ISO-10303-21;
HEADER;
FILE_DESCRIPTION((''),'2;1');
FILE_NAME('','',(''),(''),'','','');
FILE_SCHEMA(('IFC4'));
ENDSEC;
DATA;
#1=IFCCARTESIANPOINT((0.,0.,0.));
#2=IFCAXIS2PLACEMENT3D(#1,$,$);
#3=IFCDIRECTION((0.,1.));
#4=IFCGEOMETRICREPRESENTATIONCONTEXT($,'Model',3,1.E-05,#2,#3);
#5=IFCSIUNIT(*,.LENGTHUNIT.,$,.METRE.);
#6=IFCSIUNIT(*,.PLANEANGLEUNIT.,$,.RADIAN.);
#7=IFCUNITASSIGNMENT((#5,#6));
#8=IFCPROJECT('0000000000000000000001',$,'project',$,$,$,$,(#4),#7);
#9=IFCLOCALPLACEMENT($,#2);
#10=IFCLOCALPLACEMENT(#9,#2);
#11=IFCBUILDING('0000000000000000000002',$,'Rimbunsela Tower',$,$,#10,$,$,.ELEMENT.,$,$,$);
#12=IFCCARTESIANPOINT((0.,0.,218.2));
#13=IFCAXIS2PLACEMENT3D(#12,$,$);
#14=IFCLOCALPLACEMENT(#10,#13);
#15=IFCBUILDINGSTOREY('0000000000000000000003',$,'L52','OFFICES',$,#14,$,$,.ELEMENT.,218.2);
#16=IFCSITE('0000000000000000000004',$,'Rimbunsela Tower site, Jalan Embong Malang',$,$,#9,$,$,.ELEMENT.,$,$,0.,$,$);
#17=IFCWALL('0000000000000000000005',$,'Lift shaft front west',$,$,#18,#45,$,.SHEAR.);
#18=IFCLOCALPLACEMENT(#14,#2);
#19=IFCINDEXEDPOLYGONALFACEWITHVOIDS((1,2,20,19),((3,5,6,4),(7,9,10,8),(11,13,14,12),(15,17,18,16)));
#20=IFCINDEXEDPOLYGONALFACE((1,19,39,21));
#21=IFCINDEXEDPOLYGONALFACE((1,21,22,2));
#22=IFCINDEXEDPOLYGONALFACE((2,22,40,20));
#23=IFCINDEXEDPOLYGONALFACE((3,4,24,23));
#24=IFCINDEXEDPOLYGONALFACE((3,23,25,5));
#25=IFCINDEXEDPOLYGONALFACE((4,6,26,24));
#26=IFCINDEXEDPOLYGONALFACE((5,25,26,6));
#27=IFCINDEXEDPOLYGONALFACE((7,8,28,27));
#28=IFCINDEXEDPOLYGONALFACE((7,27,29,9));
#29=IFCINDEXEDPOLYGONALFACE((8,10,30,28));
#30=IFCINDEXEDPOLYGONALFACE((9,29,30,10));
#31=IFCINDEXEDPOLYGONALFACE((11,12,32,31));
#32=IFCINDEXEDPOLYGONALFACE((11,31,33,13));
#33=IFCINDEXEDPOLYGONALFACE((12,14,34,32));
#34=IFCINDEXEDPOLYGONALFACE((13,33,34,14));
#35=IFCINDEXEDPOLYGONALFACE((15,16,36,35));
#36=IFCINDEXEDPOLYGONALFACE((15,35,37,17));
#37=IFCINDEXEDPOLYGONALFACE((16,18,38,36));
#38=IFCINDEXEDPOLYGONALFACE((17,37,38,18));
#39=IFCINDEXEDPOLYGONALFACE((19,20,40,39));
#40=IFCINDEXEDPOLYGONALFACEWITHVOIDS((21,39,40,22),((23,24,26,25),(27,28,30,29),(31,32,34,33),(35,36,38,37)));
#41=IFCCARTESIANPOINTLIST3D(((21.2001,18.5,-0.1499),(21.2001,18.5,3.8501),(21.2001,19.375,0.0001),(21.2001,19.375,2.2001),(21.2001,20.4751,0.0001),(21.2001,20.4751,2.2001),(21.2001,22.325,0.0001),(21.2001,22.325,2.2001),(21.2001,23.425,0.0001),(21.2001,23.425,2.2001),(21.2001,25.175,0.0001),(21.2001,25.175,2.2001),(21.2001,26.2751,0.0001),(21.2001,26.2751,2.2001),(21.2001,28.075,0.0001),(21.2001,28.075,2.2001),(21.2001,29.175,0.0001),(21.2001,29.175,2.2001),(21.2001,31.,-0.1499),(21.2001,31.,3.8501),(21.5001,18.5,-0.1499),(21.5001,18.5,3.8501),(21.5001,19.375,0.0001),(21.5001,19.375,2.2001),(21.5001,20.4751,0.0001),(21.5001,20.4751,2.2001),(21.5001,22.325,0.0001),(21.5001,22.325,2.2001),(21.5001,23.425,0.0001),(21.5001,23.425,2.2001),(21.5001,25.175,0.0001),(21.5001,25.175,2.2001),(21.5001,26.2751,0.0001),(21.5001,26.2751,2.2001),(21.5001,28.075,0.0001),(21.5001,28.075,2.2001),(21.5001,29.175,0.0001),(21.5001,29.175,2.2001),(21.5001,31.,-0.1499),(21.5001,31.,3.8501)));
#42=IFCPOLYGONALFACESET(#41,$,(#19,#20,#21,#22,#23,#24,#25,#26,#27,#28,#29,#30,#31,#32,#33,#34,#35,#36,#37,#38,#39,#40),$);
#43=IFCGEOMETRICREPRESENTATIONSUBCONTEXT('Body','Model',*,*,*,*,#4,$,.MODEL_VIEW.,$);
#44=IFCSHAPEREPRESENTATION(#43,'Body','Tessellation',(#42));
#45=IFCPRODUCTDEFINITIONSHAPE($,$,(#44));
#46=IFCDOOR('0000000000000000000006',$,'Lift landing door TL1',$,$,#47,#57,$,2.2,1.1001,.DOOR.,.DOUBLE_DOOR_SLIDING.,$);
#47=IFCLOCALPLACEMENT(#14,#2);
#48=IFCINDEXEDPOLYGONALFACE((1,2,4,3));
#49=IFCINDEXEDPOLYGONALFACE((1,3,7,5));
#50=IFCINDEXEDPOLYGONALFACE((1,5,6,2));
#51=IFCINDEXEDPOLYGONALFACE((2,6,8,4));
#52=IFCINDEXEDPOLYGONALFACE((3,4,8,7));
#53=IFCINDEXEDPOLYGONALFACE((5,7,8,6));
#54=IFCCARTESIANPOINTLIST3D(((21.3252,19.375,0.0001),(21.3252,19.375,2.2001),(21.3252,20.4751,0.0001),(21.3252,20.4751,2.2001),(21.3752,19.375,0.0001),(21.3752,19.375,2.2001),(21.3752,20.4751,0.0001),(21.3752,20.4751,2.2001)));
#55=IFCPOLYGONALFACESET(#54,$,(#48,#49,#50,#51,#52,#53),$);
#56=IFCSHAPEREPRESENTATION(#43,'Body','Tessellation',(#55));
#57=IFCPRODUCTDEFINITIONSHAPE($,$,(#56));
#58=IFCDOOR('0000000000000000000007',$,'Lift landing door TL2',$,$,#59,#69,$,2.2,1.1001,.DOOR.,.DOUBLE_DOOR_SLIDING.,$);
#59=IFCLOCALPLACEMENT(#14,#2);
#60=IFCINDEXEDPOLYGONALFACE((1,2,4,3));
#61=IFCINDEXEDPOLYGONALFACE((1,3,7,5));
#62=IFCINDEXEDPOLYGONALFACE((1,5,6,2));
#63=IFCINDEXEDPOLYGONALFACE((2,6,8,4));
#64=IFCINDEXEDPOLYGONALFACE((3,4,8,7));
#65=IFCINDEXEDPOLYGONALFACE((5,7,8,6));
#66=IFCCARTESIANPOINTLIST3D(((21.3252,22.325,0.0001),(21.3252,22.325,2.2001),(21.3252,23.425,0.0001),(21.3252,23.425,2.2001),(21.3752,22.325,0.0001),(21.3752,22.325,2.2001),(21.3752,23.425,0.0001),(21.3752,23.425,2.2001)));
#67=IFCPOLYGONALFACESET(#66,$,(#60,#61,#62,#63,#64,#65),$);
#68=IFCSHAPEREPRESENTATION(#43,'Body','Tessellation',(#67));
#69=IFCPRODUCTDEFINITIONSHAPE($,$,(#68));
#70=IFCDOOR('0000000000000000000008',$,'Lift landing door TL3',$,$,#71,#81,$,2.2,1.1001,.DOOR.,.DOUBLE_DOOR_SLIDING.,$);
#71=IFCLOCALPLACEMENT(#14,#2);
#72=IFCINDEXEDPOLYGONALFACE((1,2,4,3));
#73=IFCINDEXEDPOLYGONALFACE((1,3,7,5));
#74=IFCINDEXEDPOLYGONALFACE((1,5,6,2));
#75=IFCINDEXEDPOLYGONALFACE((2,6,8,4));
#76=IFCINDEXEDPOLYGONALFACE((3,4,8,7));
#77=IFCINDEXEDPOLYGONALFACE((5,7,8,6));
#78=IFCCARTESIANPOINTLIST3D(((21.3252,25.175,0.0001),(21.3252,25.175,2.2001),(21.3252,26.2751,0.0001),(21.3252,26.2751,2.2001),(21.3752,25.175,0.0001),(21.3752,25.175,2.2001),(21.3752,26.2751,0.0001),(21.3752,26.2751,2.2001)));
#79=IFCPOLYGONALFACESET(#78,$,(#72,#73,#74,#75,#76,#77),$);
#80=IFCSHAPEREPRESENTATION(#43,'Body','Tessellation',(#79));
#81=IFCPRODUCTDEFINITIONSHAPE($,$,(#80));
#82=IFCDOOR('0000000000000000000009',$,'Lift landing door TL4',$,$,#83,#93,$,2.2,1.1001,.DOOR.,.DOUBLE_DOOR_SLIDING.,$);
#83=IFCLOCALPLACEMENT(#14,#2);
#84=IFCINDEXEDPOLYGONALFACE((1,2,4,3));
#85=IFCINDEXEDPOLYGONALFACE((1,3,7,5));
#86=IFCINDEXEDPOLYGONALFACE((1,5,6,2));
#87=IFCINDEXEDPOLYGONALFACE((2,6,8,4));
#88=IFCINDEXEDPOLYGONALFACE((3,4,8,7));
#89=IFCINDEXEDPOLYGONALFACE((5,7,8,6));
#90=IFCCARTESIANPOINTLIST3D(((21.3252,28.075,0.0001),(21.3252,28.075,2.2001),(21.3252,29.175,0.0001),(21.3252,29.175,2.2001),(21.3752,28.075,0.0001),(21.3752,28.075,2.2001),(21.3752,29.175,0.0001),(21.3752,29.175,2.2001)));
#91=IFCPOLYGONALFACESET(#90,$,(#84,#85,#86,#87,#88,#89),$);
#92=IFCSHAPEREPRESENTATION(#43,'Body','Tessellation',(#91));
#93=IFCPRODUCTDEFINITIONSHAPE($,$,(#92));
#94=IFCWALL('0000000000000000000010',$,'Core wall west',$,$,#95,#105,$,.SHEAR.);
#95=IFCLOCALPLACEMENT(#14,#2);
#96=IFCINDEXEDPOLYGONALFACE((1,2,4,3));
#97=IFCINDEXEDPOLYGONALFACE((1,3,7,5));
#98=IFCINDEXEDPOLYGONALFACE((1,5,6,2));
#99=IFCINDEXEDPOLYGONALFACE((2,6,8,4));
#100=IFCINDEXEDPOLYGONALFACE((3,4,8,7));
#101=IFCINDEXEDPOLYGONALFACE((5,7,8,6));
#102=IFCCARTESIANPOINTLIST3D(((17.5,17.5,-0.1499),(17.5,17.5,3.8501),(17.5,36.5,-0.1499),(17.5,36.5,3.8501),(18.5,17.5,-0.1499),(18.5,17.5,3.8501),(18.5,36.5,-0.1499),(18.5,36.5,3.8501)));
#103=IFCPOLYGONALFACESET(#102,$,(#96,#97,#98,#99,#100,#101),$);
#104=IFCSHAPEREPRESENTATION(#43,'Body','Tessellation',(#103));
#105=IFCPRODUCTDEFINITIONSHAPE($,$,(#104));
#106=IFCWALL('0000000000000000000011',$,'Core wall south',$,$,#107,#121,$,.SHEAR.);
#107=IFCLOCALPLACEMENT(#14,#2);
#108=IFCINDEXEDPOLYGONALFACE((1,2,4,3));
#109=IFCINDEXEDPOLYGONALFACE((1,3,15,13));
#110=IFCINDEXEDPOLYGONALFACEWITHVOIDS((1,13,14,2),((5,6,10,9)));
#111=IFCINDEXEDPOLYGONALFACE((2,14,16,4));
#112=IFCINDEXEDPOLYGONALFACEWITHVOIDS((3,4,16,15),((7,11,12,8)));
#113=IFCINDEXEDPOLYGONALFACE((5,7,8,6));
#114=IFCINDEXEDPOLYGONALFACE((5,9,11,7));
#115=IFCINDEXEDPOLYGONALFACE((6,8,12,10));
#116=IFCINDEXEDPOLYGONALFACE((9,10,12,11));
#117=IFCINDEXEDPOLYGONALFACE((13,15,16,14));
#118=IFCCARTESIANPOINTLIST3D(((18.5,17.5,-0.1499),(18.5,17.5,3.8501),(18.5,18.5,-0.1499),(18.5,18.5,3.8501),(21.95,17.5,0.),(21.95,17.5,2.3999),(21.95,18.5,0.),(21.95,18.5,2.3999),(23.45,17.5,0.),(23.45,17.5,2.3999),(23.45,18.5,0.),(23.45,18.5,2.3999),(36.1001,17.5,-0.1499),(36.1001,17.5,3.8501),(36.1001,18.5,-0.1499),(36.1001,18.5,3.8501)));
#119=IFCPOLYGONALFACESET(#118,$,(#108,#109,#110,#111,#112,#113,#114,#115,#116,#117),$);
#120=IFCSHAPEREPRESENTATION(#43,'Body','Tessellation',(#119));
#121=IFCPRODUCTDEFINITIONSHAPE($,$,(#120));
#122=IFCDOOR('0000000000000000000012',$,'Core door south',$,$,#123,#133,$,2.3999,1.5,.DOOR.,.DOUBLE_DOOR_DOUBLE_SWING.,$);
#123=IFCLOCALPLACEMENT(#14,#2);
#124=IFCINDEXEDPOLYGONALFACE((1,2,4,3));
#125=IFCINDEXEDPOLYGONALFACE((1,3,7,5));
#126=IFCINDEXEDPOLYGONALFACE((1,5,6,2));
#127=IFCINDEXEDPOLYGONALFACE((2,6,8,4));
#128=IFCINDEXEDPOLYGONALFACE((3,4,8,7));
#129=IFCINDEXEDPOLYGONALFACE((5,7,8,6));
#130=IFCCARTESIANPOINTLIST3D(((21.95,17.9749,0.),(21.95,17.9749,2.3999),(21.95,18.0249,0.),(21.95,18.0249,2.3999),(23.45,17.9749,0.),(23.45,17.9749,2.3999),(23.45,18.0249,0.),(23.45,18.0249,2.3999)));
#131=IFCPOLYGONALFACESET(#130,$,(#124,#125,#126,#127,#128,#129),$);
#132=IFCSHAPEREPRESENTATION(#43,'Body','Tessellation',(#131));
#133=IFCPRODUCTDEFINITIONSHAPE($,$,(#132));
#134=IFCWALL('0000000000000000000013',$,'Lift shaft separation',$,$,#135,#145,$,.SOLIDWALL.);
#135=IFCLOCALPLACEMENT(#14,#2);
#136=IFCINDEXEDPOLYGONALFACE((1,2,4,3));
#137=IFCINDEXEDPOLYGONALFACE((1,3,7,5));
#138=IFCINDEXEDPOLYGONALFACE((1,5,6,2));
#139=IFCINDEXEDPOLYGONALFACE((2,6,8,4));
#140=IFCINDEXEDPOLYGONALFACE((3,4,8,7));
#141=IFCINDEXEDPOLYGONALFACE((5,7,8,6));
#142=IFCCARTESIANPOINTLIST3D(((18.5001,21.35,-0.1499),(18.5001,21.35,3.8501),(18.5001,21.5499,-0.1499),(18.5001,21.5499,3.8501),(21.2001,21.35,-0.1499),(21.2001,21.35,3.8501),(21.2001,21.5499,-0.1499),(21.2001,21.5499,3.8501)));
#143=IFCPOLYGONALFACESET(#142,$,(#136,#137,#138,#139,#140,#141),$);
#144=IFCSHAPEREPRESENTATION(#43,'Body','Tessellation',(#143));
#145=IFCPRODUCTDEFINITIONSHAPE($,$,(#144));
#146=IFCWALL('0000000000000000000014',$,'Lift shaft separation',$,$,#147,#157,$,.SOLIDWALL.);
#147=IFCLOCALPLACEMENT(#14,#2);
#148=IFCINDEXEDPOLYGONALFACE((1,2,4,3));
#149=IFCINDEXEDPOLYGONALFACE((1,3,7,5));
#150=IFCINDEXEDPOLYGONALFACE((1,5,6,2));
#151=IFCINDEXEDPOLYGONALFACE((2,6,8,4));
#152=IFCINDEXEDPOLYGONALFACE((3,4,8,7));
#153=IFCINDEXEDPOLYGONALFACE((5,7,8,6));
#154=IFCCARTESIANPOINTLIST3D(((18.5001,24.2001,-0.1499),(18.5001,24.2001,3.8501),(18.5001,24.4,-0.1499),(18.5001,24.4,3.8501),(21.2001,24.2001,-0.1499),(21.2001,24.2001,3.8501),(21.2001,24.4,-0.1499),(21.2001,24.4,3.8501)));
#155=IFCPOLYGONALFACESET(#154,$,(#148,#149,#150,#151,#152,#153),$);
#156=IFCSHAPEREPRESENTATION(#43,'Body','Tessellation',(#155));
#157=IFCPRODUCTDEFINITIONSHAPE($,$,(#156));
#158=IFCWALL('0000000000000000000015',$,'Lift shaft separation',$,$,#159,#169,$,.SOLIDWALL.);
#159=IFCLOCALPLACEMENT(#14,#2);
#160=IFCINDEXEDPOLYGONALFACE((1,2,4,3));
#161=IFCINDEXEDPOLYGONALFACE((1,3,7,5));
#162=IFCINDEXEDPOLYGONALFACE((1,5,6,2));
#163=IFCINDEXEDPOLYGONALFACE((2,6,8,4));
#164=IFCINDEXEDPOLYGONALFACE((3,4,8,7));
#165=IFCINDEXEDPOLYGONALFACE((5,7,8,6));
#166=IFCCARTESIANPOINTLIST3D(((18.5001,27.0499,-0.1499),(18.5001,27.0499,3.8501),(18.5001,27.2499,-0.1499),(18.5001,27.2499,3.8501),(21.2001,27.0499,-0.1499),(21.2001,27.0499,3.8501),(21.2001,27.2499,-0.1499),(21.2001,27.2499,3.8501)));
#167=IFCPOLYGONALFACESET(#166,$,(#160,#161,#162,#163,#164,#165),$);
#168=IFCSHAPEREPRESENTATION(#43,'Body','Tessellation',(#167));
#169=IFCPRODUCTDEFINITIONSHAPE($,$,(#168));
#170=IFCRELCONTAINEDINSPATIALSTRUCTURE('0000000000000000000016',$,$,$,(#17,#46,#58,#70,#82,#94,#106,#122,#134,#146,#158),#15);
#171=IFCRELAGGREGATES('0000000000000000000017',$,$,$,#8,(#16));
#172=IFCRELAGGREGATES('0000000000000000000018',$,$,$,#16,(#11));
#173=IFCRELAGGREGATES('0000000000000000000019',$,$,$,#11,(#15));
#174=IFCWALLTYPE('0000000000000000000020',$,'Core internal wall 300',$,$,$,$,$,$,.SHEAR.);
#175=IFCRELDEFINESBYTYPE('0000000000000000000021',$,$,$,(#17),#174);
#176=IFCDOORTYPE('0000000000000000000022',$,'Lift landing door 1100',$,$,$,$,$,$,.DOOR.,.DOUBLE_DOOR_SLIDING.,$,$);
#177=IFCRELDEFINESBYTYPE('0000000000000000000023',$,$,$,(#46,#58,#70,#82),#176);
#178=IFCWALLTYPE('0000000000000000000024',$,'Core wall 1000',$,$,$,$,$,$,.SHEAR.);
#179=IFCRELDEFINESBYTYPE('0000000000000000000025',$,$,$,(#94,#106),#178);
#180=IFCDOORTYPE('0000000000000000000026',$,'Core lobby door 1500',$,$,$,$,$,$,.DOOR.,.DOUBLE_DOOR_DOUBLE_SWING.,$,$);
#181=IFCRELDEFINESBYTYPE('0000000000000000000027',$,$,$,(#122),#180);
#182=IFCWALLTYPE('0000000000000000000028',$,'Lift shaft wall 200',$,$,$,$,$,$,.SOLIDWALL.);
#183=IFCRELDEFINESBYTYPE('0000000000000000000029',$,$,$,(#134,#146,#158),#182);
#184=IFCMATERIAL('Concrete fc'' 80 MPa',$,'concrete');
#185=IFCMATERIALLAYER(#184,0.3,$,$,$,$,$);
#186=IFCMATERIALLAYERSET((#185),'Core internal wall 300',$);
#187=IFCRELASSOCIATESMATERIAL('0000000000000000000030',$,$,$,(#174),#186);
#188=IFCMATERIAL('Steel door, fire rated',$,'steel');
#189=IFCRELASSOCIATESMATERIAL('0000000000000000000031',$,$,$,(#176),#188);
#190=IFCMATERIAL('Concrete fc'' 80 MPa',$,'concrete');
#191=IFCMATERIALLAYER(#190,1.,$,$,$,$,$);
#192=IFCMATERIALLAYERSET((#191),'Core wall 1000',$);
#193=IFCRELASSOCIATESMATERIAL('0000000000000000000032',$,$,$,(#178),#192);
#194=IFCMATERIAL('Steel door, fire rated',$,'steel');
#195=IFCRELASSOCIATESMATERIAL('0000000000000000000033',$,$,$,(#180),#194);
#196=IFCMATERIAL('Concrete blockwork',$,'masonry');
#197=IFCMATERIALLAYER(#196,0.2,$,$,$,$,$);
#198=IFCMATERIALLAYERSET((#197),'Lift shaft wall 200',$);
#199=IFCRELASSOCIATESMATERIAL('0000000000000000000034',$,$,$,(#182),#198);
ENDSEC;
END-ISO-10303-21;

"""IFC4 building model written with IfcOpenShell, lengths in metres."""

from ifc_helpers import new_model, si_unit, direction, frame, frame_2d, origin, place, context, subcontext, project, spatial, rectangle, extrude, material, layer, layer_set, type_object, element, fill, save


model = new_model("IFC4")

# Units and contexts
model_context = context("Model", 3, precision=1e-05, world=origin(), true_north=direction((0.0, 1.0)))
body_context = subcontext(model_context, "Body", "Model", "MODEL_VIEW")
ifc_project = project(units=[si_unit("LENGTHUNIT", "METRE"), si_unit("PLANEANGLEUNIT", "RADIAN")], contexts=[model_context])

# Site, building, storey
site_placement = place(None, origin())
site = spatial("IfcSite", under=ifc_project, at=site_placement, Name="Rimbunsela Tower site, Jalan Embong Malang", CompositionType="ELEMENT", RefElevation=0.0)
building_placement = place(site_placement, origin())
building = spatial("IfcBuilding", under=site, at=building_placement, Name="Rimbunsela Tower", CompositionType="ELEMENT")
storey_placement = place(building_placement, frame((0.0, 0.0, 218.2)))
storey = spatial("IfcBuildingStorey", under=building, at=storey_placement, Name="L52", Description="OFFICES", CompositionType="ELEMENT", Elevation=218.2)

# Wall, openings, doors
ifc_material_1 = material(Name="Concrete fc' 80 MPa", Category="concrete")
ifc_layer_1 = layer(ifc_material_1, 0.3)
ifc_layer_set_1 = layer_set([ifc_layer_1], Name="Core internal wall 300")
wall_type_1 = type_object("IfcWallType", Name="Core internal wall 300", PredefinedType="SHEAR", material=ifc_layer_set_1)
wall_1_placement = place(storey_placement, frame((21.3501, 18.5, -0.1499), z_axis=(0.0, 0.0, 1.0), x_axis=(0.0, 1.0, 0.0)))
wall_1 = element("IfcWall", 1, at=wall_1_placement, inside=storey, type_object=wall_type_1, Name="Lift shaft front west", PredefinedType="SHEAR", context=body_context, shape_type="SweptSolid", body=[
    extrude(rectangle(XDim=12.5, YDim=0.3, at=frame_2d((6.25, 0.0))), origin(), (0.0, 0.0, 1.0), 4.0),
])
opening_1_placement = place(wall_1_placement, frame((0.875, 0.0, 0.1499)))
opening_1 = element("IfcOpeningElement", 2, at=opening_1_placement, cuts=wall_1, PredefinedType="OPENING", context=body_context, shape_type="SweptSolid", body=[
    extrude(rectangle(XDim=1.1001, YDim=2.2, at=frame_2d((0.55, 1.1001))), frame((0.0, 0.1599, 0.0), z_axis=(0.0, -1.0, 0.0), x_axis=(1.0, 0.0, 0.0)), (0.0, 0.0, 1.0), 0.3201),
])
opening_2_placement = place(wall_1_placement, frame((3.825, 0.0, 0.1499)))
opening_2 = element("IfcOpeningElement", 3, at=opening_2_placement, cuts=wall_1, PredefinedType="OPENING", context=body_context, shape_type="SweptSolid", body=[
    extrude(rectangle(XDim=1.1001, YDim=2.2, at=frame_2d((0.55, 1.1001))), frame((0.0, 0.1599, 0.0), z_axis=(0.0, -1.0, 0.0), x_axis=(1.0, 0.0, 0.0)), (0.0, 0.0, 1.0), 0.3201),
])
opening_3_placement = place(wall_1_placement, frame((6.675, 0.0, 0.1499)))
opening_3 = element("IfcOpeningElement", 4, at=opening_3_placement, cuts=wall_1, PredefinedType="OPENING", context=body_context, shape_type="SweptSolid", body=[
    extrude(rectangle(XDim=1.1001, YDim=2.2, at=frame_2d((0.55, 1.1001))), frame((0.0, 0.1599, 0.0), z_axis=(0.0, -1.0, 0.0), x_axis=(1.0, 0.0, 0.0)), (0.0, 0.0, 1.0), 0.3201),
])
opening_4_placement = place(wall_1_placement, frame((9.575, 0.0, 0.1499)))
opening_4 = element("IfcOpeningElement", 5, at=opening_4_placement, cuts=wall_1, PredefinedType="OPENING", context=body_context, shape_type="SweptSolid", body=[
    extrude(rectangle(XDim=1.1001, YDim=2.2, at=frame_2d((0.55, 1.1001))), frame((0.0, 0.1599, 0.0), z_axis=(0.0, -1.0, 0.0), x_axis=(1.0, 0.0, 0.0)), (0.0, 0.0, 1.0), 0.3201),
])
ifc_material_2 = material(Name="Steel door, fire rated", Category="steel")
door_type_1 = type_object("IfcDoorType", Name="Lift landing door 1100", OperationType="DOUBLE_DOOR_SLIDING", PredefinedType="DOOR", material=ifc_material_2)
door_1_placement = place(opening_1_placement, origin())
door_1 = element("IfcDoor", 6, at=door_1_placement, inside=storey, type_object=door_type_1, Name="Lift landing door TL1", OperationType="DOUBLE_DOOR_SLIDING", OverallHeight=2.2, OverallWidth=1.1001, PredefinedType="DOOR", context=body_context, shape_type="SweptSolid", body=[
    extrude(rectangle(XDim=1.1001, YDim=2.2, at=frame_2d((0.55, 1.1001))), frame((0.0, 0.0249, 0.0), z_axis=(0.0, -1.0, 0.0), x_axis=(1.0, 0.0, 0.0)), (0.0, 0.0, 1.0), 0.05),
])
fill(opening_1, door_1)
door_2_placement = place(opening_2_placement, origin())
door_2 = element("IfcDoor", 7, at=door_2_placement, inside=storey, type_object=door_type_1, Name="Lift landing door TL2", OperationType="DOUBLE_DOOR_SLIDING", OverallHeight=2.2, OverallWidth=1.1001, PredefinedType="DOOR", context=body_context, shape_type="SweptSolid", body=[
    extrude(rectangle(XDim=1.1001, YDim=2.2, at=frame_2d((0.55, 1.1001))), frame((0.0, 0.0249, 0.0), z_axis=(0.0, -1.0, 0.0), x_axis=(1.0, 0.0, 0.0)), (0.0, 0.0, 1.0), 0.05),
])
fill(opening_2, door_2)
door_3_placement = place(opening_3_placement, origin())
door_3 = element("IfcDoor", 8, at=door_3_placement, inside=storey, type_object=door_type_1, Name="Lift landing door TL3", OperationType="DOUBLE_DOOR_SLIDING", OverallHeight=2.2, OverallWidth=1.1001, PredefinedType="DOOR", context=body_context, shape_type="SweptSolid", body=[
    extrude(rectangle(XDim=1.1001, YDim=2.2, at=frame_2d((0.55, 1.1001))), frame((0.0, 0.0249, 0.0), z_axis=(0.0, -1.0, 0.0), x_axis=(1.0, 0.0, 0.0)), (0.0, 0.0, 1.0), 0.05),
])
fill(opening_3, door_3)
door_4_placement = place(opening_4_placement, origin())
door_4 = element("IfcDoor", 9, at=door_4_placement, inside=storey, type_object=door_type_1, Name="Lift landing door TL4", OperationType="DOUBLE_DOOR_SLIDING", OverallHeight=2.2, OverallWidth=1.1001, PredefinedType="DOOR", context=body_context, shape_type="SweptSolid", body=[
    extrude(rectangle(XDim=1.1001, YDim=2.2, at=frame_2d((0.55, 1.1001))), frame((0.0, 0.0249, 0.0), z_axis=(0.0, -1.0, 0.0), x_axis=(1.0, 0.0, 0.0)), (0.0, 0.0, 1.0), 0.05),
])
fill(opening_4, door_4)

# Wall
ifc_material_3 = material(Name="Concrete fc' 80 MPa", Category="concrete")
ifc_layer_2 = layer(ifc_material_3, 1.0)
ifc_layer_set_2 = layer_set([ifc_layer_2], Name="Core wall 1000")
wall_type_2 = type_object("IfcWallType", Name="Core wall 1000", PredefinedType="SHEAR", material=ifc_layer_set_2)
wall_2_placement = place(storey_placement, frame((18.0, 17.5, -0.1499), z_axis=(0.0, 0.0, 1.0), x_axis=(0.0, 1.0, 0.0)))
element("IfcWall", 10, at=wall_2_placement, inside=storey, type_object=wall_type_2, Name="Core wall west", PredefinedType="SHEAR", context=body_context, shape_type="SweptSolid", body=[
    extrude(rectangle(XDim=19.0, YDim=1.0, at=frame_2d((9.5, 0.0))), origin(), (0.0, 0.0, 1.0), 4.0),
])

# Wall, opening, door
wall_3_placement = place(storey_placement, frame((18.5, 18.0, -0.1499), z_axis=(0.0, 0.0, 1.0), x_axis=(1.0, 0.0, 0.0)))
wall_3 = element("IfcWall", 11, at=wall_3_placement, inside=storey, type_object=wall_type_2, Name="Core wall south", PredefinedType="SHEAR", context=body_context, shape_type="SweptSolid", body=[
    extrude(rectangle(XDim=17.6001, YDim=1.0, at=frame_2d((8.8, 0.0))), origin(), (0.0, 0.0, 1.0), 4.0),
])
opening_5_placement = place(wall_3_placement, frame((3.45, 0.0, 0.1499)))
opening_5 = element("IfcOpeningElement", 12, at=opening_5_placement, cuts=wall_3, PredefinedType="OPENING", context=body_context, shape_type="SweptSolid", body=[
    extrude(rectangle(XDim=1.5, YDim=2.3999, at=frame_2d((0.75, 1.2))), frame((0.0, 0.51, 0.0), z_axis=(0.0, -1.0, 0.0), x_axis=(1.0, 0.0, 0.0)), (0.0, 0.0, 1.0), 1.02),
])
ifc_material_4 = material(Name="Steel door, fire rated", Category="steel")
door_type_2 = type_object("IfcDoorType", Name="Core lobby door 1500", OperationType="DOUBLE_DOOR_DOUBLE_SWING", PredefinedType="DOOR", material=ifc_material_4)
door_5_placement = place(opening_5_placement, origin())
door_5 = element("IfcDoor", 13, at=door_5_placement, inside=storey, type_object=door_type_2, Name="Core door south", OperationType="DOUBLE_DOOR_DOUBLE_SWING", OverallHeight=2.3999, OverallWidth=1.5, PredefinedType="DOOR", context=body_context, shape_type="SweptSolid", body=[
    extrude(rectangle(XDim=1.5, YDim=2.3999, at=frame_2d((0.75, 1.2))), frame((0.0, 0.0249, 0.0), z_axis=(0.0, -1.0, 0.0), x_axis=(1.0, 0.0, 0.0)), (0.0, 0.0, 1.0), 0.05),
])
fill(opening_5, door_5)

# Walls
ifc_material_5 = material(Name="Concrete blockwork", Category="masonry")
ifc_layer_3 = layer(ifc_material_5, 0.2)
ifc_layer_set_3 = layer_set([ifc_layer_3], Name="Lift shaft wall 200")
wall_type_3 = type_object("IfcWallType", Name="Lift shaft wall 200", PredefinedType="SOLIDWALL", material=ifc_layer_set_3)
for number, where, z_axis, x_axis, name in (
    (14, (18.5, 21.45, -0.1499), (0.0, 0.0, 1.0), (1.0, 0.0, 0.0), "Lift shaft separation"),
    (15, (18.5, 24.3, -0.1499), (0.0, 0.0, 1.0), (1.0, 0.0, 0.0), "Lift shaft separation"),
    (16, (18.5, 27.1499, -0.1499), (0.0, 0.0, 1.0), (1.0, 0.0, 0.0), "Lift shaft separation"),
):
    element("IfcWall", number, at=place(storey_placement, frame(where, z_axis=z_axis, x_axis=x_axis)), inside=storey, type_object=wall_type_3, Name=name, PredefinedType="SOLIDWALL", context=body_context, shape_type="SweptSolid", body=[
        extrude(rectangle(XDim=2.7, YDim=0.2, at=frame_2d((1.3501, 0.0))), origin(), (0.0, 0.0, 1.0), 4.0),
    ])

save(model, "model.ifc")
